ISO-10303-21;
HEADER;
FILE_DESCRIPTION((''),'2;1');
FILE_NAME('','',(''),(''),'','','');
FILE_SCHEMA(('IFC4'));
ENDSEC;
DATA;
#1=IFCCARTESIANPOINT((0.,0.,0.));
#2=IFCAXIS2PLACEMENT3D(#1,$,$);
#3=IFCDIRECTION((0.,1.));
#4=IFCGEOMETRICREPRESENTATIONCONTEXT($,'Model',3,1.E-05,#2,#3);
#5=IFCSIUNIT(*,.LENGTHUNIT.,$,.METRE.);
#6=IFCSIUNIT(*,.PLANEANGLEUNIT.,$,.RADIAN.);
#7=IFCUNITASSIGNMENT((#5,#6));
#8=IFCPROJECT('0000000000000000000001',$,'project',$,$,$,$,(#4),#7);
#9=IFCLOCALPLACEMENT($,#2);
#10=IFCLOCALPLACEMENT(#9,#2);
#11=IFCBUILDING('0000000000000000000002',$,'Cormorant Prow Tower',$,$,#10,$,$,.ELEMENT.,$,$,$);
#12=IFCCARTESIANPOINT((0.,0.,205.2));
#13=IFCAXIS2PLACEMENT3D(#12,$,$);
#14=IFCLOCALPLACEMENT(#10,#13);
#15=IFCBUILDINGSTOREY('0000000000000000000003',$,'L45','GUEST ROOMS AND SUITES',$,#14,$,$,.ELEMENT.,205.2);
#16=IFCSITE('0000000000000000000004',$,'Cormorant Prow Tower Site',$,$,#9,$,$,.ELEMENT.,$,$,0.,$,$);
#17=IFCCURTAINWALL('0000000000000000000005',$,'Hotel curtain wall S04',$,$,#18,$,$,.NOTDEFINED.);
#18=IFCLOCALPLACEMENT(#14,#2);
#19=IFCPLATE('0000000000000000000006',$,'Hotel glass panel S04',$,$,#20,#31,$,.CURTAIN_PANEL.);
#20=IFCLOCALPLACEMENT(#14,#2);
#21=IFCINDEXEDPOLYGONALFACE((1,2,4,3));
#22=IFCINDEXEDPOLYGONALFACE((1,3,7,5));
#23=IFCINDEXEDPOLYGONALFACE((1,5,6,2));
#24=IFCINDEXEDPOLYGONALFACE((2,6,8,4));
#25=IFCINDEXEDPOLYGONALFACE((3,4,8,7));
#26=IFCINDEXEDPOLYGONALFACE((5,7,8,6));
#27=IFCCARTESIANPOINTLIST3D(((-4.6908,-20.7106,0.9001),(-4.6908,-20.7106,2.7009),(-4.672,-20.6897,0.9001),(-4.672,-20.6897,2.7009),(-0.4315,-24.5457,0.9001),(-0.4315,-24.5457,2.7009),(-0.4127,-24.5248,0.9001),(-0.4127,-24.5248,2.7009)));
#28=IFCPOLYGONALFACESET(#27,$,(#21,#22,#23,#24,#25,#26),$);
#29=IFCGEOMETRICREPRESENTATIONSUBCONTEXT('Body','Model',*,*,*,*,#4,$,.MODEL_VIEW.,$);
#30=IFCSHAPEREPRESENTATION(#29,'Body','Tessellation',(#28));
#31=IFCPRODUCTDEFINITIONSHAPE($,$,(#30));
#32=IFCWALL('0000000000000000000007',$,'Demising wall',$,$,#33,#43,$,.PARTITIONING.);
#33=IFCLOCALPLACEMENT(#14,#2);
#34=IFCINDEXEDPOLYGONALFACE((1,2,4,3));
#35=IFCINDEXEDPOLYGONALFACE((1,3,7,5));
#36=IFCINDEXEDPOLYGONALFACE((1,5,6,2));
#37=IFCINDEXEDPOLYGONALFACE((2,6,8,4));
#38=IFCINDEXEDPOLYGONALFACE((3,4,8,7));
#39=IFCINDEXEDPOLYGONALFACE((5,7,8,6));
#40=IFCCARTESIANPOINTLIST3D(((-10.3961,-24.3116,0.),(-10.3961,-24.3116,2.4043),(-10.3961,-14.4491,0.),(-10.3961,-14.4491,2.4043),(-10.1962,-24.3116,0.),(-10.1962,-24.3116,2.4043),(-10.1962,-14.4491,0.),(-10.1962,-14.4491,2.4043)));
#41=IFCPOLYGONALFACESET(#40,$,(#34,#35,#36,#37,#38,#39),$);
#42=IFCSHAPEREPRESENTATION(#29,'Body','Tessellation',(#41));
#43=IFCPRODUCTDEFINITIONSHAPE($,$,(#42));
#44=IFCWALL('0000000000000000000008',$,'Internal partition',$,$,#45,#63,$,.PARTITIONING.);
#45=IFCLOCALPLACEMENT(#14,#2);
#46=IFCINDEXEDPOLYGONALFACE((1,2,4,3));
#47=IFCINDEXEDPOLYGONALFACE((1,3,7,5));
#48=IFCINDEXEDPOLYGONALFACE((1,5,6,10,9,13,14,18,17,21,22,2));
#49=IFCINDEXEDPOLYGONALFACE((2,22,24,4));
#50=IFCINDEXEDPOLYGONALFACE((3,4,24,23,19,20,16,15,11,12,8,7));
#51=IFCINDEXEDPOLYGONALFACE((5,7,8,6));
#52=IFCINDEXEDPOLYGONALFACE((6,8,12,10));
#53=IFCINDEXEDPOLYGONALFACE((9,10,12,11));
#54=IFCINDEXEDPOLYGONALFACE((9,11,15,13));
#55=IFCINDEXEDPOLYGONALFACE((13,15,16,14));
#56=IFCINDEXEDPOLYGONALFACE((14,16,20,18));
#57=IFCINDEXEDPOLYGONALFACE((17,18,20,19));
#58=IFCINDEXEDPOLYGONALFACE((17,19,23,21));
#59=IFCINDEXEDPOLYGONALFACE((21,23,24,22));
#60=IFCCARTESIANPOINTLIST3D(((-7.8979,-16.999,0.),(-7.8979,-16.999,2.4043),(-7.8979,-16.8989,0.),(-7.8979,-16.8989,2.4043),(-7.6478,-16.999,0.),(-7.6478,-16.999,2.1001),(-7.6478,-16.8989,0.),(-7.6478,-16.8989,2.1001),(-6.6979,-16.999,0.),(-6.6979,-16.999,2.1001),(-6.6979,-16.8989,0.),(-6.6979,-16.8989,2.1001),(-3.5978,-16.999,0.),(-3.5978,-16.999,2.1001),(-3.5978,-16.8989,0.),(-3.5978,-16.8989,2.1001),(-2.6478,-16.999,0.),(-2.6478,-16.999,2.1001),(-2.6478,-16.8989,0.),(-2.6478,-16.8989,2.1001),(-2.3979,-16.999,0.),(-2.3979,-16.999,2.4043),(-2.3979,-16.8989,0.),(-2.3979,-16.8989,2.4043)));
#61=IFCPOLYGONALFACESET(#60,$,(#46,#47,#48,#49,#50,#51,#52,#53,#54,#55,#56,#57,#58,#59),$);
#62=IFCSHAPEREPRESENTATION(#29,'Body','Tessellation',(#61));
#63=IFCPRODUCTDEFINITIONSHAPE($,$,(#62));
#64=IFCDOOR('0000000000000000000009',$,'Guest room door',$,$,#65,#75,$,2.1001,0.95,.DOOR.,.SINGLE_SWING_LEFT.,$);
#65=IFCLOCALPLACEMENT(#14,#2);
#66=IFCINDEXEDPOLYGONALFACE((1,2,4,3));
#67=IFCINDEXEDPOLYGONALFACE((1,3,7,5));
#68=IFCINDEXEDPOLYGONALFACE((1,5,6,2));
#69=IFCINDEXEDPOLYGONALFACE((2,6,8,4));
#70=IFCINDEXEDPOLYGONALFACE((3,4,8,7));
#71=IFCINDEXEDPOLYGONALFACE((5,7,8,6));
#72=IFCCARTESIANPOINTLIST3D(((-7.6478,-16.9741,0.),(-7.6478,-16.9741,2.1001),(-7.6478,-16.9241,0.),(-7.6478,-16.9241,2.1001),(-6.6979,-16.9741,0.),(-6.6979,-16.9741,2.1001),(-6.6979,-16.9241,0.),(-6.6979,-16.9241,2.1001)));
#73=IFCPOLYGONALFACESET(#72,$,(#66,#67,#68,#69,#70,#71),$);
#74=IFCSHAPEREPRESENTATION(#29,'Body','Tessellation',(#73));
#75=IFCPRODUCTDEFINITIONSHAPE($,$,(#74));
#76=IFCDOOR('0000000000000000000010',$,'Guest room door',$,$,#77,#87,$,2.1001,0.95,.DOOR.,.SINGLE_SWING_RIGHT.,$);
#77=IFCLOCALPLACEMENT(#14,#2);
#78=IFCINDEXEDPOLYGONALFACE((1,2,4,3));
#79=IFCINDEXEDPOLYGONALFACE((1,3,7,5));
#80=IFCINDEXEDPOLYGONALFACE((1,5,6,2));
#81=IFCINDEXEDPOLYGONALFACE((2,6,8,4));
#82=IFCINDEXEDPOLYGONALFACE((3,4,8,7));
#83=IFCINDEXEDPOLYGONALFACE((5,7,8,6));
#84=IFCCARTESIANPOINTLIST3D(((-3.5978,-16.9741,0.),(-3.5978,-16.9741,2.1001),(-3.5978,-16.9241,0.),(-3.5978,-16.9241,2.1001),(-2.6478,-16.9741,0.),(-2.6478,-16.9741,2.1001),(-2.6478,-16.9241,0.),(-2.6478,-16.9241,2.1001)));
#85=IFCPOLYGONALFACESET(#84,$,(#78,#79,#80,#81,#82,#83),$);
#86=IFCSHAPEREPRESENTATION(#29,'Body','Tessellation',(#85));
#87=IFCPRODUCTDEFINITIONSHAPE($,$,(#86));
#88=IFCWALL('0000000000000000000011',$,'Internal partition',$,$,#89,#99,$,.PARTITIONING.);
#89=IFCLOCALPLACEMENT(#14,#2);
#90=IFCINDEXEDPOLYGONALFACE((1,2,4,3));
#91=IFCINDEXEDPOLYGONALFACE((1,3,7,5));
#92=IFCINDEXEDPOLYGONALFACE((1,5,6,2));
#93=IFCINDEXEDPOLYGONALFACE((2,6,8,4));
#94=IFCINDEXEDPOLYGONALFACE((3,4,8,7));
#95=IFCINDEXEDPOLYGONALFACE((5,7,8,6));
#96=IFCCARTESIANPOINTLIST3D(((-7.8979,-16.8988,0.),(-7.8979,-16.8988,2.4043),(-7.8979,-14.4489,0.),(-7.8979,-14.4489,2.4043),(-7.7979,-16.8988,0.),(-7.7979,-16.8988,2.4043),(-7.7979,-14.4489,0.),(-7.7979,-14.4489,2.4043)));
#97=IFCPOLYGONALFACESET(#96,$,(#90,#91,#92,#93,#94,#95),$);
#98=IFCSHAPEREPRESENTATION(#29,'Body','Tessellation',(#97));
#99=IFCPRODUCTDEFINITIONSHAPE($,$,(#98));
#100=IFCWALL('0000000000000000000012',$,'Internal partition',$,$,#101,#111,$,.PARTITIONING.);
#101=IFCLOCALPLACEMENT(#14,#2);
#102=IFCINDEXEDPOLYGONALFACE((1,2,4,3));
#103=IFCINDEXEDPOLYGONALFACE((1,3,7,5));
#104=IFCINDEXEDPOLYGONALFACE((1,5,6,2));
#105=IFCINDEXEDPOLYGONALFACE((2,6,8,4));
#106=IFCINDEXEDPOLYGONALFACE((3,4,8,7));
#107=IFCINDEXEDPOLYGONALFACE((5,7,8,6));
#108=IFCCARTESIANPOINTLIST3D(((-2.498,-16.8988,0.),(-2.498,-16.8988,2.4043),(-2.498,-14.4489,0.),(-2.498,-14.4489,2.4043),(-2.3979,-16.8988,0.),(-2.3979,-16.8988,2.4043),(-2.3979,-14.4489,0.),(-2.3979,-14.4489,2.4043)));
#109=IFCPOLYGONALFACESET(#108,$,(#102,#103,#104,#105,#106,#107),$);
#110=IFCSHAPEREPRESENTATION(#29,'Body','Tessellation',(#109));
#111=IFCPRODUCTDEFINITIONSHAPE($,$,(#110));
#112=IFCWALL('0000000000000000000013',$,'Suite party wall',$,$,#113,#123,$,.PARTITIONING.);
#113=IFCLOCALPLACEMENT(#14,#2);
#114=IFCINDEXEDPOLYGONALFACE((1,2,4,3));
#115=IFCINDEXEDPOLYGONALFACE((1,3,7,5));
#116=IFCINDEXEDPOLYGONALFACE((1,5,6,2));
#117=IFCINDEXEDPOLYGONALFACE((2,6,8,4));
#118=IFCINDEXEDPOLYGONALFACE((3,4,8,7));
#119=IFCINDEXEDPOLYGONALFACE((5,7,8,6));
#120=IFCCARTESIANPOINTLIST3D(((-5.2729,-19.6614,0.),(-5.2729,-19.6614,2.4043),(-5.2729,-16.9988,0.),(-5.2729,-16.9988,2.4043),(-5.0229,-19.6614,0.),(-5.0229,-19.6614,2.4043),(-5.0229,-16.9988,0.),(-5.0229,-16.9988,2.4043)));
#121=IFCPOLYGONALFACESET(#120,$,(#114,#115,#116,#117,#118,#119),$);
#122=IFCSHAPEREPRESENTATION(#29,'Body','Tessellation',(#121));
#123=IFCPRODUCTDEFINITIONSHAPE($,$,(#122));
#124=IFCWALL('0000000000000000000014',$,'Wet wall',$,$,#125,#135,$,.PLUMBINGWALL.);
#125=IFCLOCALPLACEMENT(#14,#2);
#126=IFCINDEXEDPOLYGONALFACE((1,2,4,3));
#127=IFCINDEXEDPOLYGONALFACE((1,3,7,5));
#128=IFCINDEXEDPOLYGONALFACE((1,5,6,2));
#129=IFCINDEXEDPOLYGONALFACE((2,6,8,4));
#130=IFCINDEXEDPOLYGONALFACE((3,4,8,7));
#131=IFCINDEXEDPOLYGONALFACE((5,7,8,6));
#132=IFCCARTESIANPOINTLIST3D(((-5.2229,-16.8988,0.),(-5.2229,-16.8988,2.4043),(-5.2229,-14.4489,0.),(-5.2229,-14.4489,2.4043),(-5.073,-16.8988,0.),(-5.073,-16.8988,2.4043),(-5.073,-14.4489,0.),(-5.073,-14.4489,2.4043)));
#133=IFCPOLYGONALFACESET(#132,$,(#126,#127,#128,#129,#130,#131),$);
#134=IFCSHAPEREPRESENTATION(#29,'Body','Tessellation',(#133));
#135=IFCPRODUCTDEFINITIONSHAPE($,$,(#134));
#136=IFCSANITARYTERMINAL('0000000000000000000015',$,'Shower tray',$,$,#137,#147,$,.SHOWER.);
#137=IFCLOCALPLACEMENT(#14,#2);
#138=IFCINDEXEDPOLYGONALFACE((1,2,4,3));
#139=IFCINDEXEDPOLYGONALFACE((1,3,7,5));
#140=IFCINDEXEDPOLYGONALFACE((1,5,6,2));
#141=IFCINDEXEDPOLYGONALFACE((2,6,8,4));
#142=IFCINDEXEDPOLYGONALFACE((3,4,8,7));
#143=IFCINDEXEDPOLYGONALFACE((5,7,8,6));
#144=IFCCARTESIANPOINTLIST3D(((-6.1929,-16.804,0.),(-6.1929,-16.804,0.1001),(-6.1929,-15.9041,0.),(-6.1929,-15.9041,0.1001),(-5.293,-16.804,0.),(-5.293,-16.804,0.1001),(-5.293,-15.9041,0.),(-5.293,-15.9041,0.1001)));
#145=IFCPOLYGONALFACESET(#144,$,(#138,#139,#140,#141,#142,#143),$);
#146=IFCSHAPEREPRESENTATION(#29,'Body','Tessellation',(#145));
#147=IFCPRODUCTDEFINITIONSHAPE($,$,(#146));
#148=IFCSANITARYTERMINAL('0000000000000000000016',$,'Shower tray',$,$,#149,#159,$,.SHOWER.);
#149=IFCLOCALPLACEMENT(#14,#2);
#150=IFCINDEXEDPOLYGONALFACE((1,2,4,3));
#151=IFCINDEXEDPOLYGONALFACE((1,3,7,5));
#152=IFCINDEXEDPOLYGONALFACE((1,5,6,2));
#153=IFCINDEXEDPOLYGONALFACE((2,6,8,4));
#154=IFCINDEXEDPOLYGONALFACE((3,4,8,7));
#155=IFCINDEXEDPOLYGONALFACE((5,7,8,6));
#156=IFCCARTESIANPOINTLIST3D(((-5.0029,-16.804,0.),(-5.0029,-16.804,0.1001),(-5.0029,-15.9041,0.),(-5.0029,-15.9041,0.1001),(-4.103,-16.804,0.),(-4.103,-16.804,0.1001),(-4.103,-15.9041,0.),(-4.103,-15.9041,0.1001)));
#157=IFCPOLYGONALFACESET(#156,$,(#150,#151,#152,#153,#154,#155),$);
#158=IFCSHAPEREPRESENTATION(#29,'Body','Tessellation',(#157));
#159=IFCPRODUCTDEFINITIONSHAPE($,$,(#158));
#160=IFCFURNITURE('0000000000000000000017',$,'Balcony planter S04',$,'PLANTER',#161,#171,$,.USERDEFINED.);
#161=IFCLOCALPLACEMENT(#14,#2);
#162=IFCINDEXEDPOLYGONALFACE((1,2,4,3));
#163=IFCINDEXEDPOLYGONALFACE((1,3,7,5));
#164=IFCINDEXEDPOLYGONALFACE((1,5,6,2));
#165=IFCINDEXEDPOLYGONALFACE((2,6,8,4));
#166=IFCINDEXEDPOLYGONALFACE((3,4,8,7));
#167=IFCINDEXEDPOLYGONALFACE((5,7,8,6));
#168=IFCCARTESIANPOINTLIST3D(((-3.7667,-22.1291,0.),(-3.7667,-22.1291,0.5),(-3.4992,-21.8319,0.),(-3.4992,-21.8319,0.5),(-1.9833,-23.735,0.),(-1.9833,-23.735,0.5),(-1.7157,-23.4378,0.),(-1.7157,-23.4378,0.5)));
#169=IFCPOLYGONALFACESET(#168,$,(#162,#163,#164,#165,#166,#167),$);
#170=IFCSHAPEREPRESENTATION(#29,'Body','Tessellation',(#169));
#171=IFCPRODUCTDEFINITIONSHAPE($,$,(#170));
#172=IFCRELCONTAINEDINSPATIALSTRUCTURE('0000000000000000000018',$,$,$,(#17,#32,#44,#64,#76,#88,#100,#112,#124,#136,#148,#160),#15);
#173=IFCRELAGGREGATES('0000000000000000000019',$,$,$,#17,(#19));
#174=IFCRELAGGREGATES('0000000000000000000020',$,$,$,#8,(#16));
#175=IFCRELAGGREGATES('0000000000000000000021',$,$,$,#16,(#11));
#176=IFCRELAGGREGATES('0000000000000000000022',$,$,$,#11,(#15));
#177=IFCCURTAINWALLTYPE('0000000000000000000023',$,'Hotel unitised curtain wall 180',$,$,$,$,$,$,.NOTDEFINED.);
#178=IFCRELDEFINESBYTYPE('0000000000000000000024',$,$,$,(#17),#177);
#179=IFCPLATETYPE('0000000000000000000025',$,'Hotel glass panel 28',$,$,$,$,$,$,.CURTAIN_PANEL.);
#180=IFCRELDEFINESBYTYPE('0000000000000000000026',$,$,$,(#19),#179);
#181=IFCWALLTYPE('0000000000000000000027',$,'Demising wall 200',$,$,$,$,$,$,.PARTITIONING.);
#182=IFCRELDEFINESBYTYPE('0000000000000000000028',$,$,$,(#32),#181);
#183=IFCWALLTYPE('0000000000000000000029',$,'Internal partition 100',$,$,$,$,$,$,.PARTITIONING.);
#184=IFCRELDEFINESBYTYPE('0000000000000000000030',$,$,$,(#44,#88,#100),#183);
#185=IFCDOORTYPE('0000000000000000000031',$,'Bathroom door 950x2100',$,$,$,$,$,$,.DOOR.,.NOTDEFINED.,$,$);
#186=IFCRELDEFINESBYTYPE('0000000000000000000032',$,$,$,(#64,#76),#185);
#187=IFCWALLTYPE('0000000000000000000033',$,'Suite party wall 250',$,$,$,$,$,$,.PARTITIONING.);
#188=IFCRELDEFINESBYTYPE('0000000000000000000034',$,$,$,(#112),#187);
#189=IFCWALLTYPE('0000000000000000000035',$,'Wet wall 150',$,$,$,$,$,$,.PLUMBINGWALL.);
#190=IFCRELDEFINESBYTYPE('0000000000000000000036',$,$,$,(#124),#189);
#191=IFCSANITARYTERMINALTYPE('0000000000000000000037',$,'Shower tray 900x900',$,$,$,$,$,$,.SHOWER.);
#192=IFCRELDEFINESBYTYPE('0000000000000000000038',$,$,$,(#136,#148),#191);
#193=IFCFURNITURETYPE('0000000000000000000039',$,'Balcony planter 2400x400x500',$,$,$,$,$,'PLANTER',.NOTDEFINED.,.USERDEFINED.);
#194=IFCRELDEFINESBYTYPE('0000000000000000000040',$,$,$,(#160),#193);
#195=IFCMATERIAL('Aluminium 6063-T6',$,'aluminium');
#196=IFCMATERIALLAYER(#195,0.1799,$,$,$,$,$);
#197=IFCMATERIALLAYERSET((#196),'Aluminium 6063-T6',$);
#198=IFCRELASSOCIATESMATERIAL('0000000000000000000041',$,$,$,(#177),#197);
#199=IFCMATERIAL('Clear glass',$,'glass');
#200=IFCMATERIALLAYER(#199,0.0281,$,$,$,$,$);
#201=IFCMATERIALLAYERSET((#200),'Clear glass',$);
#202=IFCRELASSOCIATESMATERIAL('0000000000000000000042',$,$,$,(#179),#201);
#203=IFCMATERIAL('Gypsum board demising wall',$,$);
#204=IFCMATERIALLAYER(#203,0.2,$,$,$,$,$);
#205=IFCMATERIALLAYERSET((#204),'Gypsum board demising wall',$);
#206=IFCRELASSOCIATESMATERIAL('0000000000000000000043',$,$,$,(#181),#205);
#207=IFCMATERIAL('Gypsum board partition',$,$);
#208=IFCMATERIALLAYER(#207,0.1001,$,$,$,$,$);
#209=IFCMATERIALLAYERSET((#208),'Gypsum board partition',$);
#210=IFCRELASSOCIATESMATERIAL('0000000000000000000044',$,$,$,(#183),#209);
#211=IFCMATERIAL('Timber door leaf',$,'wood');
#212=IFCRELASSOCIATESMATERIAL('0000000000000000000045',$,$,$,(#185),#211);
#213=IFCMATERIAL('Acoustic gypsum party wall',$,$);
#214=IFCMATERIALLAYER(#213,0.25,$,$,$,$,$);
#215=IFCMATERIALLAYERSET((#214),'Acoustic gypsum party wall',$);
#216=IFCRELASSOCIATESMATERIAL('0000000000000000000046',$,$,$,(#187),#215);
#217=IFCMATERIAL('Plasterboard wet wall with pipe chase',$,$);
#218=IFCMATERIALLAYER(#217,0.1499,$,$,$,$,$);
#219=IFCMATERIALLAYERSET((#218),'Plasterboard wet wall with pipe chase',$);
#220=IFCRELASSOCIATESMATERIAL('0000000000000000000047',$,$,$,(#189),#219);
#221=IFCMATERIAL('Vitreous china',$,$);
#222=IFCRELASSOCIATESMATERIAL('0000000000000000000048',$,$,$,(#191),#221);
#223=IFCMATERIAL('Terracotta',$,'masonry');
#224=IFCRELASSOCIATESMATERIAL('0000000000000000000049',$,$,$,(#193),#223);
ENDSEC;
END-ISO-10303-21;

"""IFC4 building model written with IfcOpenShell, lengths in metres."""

from ifc_helpers import new_model, si_unit, direction, frame, frame_2d, origin, origin_2d, place, context, subcontext, project, spatial, rectangle, extrude, material, layer, layer_set, type_object, element, fill, aggregate, save


model = new_model("IFC4")

# Units and contexts
model_context = context("Model", 3, precision=1e-05, world=origin(), true_north=direction((0.0, 1.0)))
body_context = subcontext(model_context, "Body", "Model", "MODEL_VIEW")
ifc_project = project(units=[si_unit("LENGTHUNIT", "METRE"), si_unit("PLANEANGLEUNIT", "RADIAN")], contexts=[model_context])

# Site, building, storey
site_placement = place(None, origin())
site = spatial("IfcSite", under=ifc_project, at=site_placement, Name="Cormorant Prow Tower Site", CompositionType="ELEMENT", RefElevation=0.0)
building_placement = place(site_placement, origin())
building = spatial("IfcBuilding", under=site, at=building_placement, Name="Cormorant Prow Tower", CompositionType="ELEMENT")
storey_placement = place(building_placement, frame((0.0, 0.0, 205.2)))
storey = spatial("IfcBuildingStorey", under=building, at=storey_placement, Name="L45", Description="GUEST ROOMS AND SUITES", CompositionType="ELEMENT", Elevation=205.2)

# Curtain wall
ifc_material_1 = material(Name="Aluminium 6063-T6", Category="aluminium")
ifc_layer_1 = layer(ifc_material_1, 0.1799)
ifc_layer_set_1 = layer_set([ifc_layer_1], Name="Aluminium 6063-T6")
curtain_wall_type = type_object("IfcCurtainWallType", Name="Hotel unitised curtain wall 180", PredefinedType="NOTDEFINED", material=ifc_layer_set_1)
curtain_wall_1_placement = place(storey_placement, origin())
curtain_wall_1 = element("IfcCurtainWall", 1, at=curtain_wall_1_placement, inside=storey, type_object=curtain_wall_type, Name="Hotel curtain wall S04", PredefinedType="NOTDEFINED")

# Plate
ifc_material_2 = material(Name="Clear glass", Category="glass")
ifc_layer_2 = layer(ifc_material_2, 0.0281)
ifc_layer_set_2 = layer_set([ifc_layer_2], Name="Clear glass")
plate_type = type_object("IfcPlateType", Name="Hotel glass panel 28", PredefinedType="CURTAIN_PANEL", material=ifc_layer_set_2)
plate_1_placement = place(storey_placement, frame((-2.5518, -22.6177, 0.9001), z_axis=(0.0, 0.0, 1.0), x_axis=(0.743145, -0.669131, 0.0)))
plate_1 = element("IfcPlate", 2, at=plate_1_placement, type_object=plate_type, Name="Hotel glass panel S04", PredefinedType="CURTAIN_PANEL", context=body_context, shape_type="SweptSolid", body=[
    extrude(rectangle(XDim=5.7314, YDim=0.0281, at=origin_2d()), origin(), (0.0, 0.0, 1.0), 1.8008),
])
aggregate(curtain_wall_1, [plate_1])

# Wall
ifc_material_3 = material(Name="Gypsum board demising wall")
ifc_layer_3 = layer(ifc_material_3, 0.2)
ifc_layer_set_3 = layer_set([ifc_layer_3], Name="Gypsum board demising wall")
wall_type_1 = type_object("IfcWallType", Name="Demising wall 200", PredefinedType="PARTITIONING", material=ifc_layer_set_3)
wall_1_placement = place(storey_placement, frame((-10.2961, -24.3115, 0.0), z_axis=(0.0, 0.0, 1.0), x_axis=(0.0, 1.0, 0.0)))
element("IfcWall", 3, at=wall_1_placement, inside=storey, type_object=wall_type_1, Name="Demising wall", PredefinedType="PARTITIONING", context=body_context, shape_type="SweptSolid", body=[
    extrude(rectangle(XDim=9.8625, YDim=0.2, at=frame_2d((4.9312, 0.0))), origin(), (0.0, 0.0, 1.0), 2.4043),
])

# Wall, openings, doors
ifc_material_4 = material(Name="Gypsum board partition")
ifc_layer_4 = layer(ifc_material_4, 0.1001)
ifc_layer_set_4 = layer_set([ifc_layer_4], Name="Gypsum board partition")
wall_type_2 = type_object("IfcWallType", Name="Internal partition 100", PredefinedType="PARTITIONING", material=ifc_layer_set_4)
wall_2_placement = place(storey_placement, frame((-7.8979, -16.949, 0.0), z_axis=(0.0, 0.0, 1.0), x_axis=(1.0, 0.0, 0.0)))
wall_2 = element("IfcWall", 4, at=wall_2_placement, inside=storey, type_object=wall_type_2, Name="Internal partition", PredefinedType="PARTITIONING", context=body_context, shape_type="SweptSolid", body=[
    extrude(rectangle(XDim=5.5, YDim=0.1001, at=frame_2d((2.75, 0.0))), origin(), (0.0, 0.0, 1.0), 2.4043),
])
opening_1_placement = place(wall_2_placement, frame((0.25, 0.0, 0.0)))
opening_1 = element("IfcOpeningElement", 5, at=opening_1_placement, cuts=wall_2, PredefinedType="OPENING", context=body_context, shape_type="SweptSolid", body=[
    extrude(rectangle(XDim=0.95, YDim=2.1001, at=frame_2d((0.4751, 1.05))), frame((0.0, 0.0601, 0.0), z_axis=(0.0, -1.0, 0.0), x_axis=(1.0, 0.0, 0.0)), (0.0, 0.0, 1.0), 0.1201),
])
opening_2_placement = place(wall_2_placement, frame((4.3, 0.0, 0.0)))
opening_2 = element("IfcOpeningElement", 6, at=opening_2_placement, cuts=wall_2, PredefinedType="OPENING", context=body_context, shape_type="SweptSolid", body=[
    extrude(rectangle(XDim=0.95, YDim=2.1001, at=frame_2d((0.4751, 1.05))), frame((0.0, 0.0601, 0.0), z_axis=(0.0, -1.0, 0.0), x_axis=(1.0, 0.0, 0.0)), (0.0, 0.0, 1.0), 0.1201),
])
ifc_material_5 = material(Name="Timber door leaf", Category="wood")
door_type_1 = type_object("IfcDoorType", Name="Bathroom door 950x2100", OperationType="NOTDEFINED", PredefinedType="DOOR", material=ifc_material_5)
door_1_placement = place(opening_1_placement, origin())
door_1 = element("IfcDoor", 7, at=door_1_placement, inside=storey, type_object=door_type_1, Name="Guest room door", OperationType="SINGLE_SWING_LEFT", OverallHeight=2.1001, OverallWidth=0.95, PredefinedType="DOOR", context=body_context, shape_type="SweptSolid", body=[
    extrude(rectangle(XDim=0.95, YDim=2.1001, at=frame_2d((0.4751, 1.05))), frame((0.0, 0.0249, 0.0), z_axis=(0.0, -1.0, 0.0), x_axis=(1.0, 0.0, 0.0)), (0.0, 0.0, 1.0), 0.05),
])
fill(opening_1, door_1)
door_2_placement = place(opening_2_placement, origin())
door_2 = element("IfcDoor", 8, at=door_2_placement, inside=storey, type_object=door_type_1, Name="Guest room door", OperationType="SINGLE_SWING_RIGHT", OverallHeight=2.1001, OverallWidth=0.95, PredefinedType="DOOR", context=body_context, shape_type="SweptSolid", body=[
    extrude(rectangle(XDim=0.95, YDim=2.1001, at=frame_2d((0.4751, 1.05))), frame((0.0, 0.0249, 0.0), z_axis=(0.0, -1.0, 0.0), x_axis=(1.0, 0.0, 0.0)), (0.0, 0.0, 1.0), 0.05),
])
fill(opening_2, door_2)

# Walls
for number, where, z_axis, x_axis, name in (
    (9, (-7.8479, -16.8989, 0.0), (0.0, 0.0, 1.0), (0.0, 1.0, 0.0), "Internal partition"),
    (10, (-2.448, -16.8989, 0.0), (0.0, 0.0, 1.0), (0.0, 1.0, 0.0), "Internal partition"),
):
    element("IfcWall", number, at=place(storey_placement, frame(where, z_axis=z_axis, x_axis=x_axis)), inside=storey, type_object=wall_type_2, Name=name, PredefinedType="PARTITIONING", context=body_context, shape_type="SweptSolid", body=[
        extrude(rectangle(XDim=2.45, YDim=0.1001, at=frame_2d((1.2251, 0.0))), origin(), (0.0, 0.0, 1.0), 2.4043),
    ])
ifc_material_6 = material(Name="Acoustic gypsum party wall")
ifc_layer_5 = layer(ifc_material_6, 0.25)
ifc_layer_set_5 = layer_set([ifc_layer_5], Name="Acoustic gypsum party wall")
wall_type_3 = type_object("IfcWallType", Name="Suite party wall 250", PredefinedType="PARTITIONING", material=ifc_layer_set_5)
wall_3_placement = place(storey_placement, frame((-5.1479, -19.6614, 0.0), z_axis=(0.0, 0.0, 1.0), x_axis=(0.0, 1.0, 0.0)))
element("IfcWall", 11, at=wall_3_placement, inside=storey, type_object=wall_type_3, Name="Suite party wall", PredefinedType="PARTITIONING", context=body_context, shape_type="SweptSolid", body=[
    extrude(rectangle(XDim=2.6626, YDim=0.25, at=frame_2d((1.3313, 0.0))), origin(), (0.0, 0.0, 1.0), 2.4043),
])

# Wall
ifc_material_7 = material(Name="Plasterboard wet wall with pipe chase")
ifc_layer_6 = layer(ifc_material_7, 0.1499)
ifc_layer_set_6 = layer_set([ifc_layer_6], Name="Plasterboard wet wall with pipe chase")
wall_type_4 = type_object("IfcWallType", Name="Wet wall 150", PredefinedType="PLUMBINGWALL", material=ifc_layer_set_6)
wall_4_placement = place(storey_placement, frame((-5.1479, -16.8989, 0.0), z_axis=(0.0, 0.0, 1.0), x_axis=(0.0, 1.0, 0.0)))
element("IfcWall", 12, at=wall_4_placement, inside=storey, type_object=wall_type_4, Name="Wet wall", PredefinedType="PLUMBINGWALL", context=body_context, shape_type="SweptSolid", body=[
    extrude(rectangle(XDim=2.45, YDim=0.1499, at=frame_2d((1.2251, 0.0))), origin(), (0.0, 0.0, 1.0), 2.4043),
])

# Sanitary terminals
ifc_material_8 = material(Name="Vitreous china")
sanitary_terminal_type = type_object("IfcSanitaryTerminalType", Name="Shower tray 900x900", PredefinedType="SHOWER", material=ifc_material_8)
for number, where, z_axis, x_axis, name in (
    (13, (-5.7429, -16.354, 0.0), (0.0, 0.0, 1.0), (-1.0, 0.0, 0.0), "Shower tray"),
    (14, (-4.553, -16.354, 0.0), (0.0, 0.0, 1.0), (0.0, 1.0, 0.0), "Shower tray"),
):
    element("IfcSanitaryTerminal", number, at=place(storey_placement, frame(where, z_axis=z_axis, x_axis=x_axis)), inside=storey, type_object=sanitary_terminal_type, Name=name, PredefinedType="SHOWER", context=body_context, shape_type="SweptSolid", body=[
        extrude(rectangle(XDim=0.8999, YDim=0.8999, at=origin_2d()), origin(), (0.0, 0.0, 1.0), 0.1001),
    ])

# Furniture
ifc_material_9 = material(Name="Terracotta", Category="masonry")
furniture_type_1 = type_object("IfcFurnitureType", Name="Balcony planter 2400x400x500", ElementType="PLANTER", AssemblyPlace="NOTDEFINED", PredefinedType="USERDEFINED", material=ifc_material_9)
furniture_1_placement = place(storey_placement, frame((-2.7412, -22.7834, 0.0), z_axis=(0.0, 0.0, 1.0), x_axis=(0.743145, -0.669131, 0.0)))
element("IfcFurniture", 15, at=furniture_1_placement, inside=storey, type_object=furniture_type_1, Name="Balcony planter S04", ObjectType="PLANTER", PredefinedType="USERDEFINED", context=body_context, shape_type="SweptSolid", body=[
    extrude(rectangle(XDim=2.3999, YDim=0.3999, at=origin_2d()), origin(), (0.0, 0.0, 1.0), 0.5),
])

save(model, "model.ifc")
